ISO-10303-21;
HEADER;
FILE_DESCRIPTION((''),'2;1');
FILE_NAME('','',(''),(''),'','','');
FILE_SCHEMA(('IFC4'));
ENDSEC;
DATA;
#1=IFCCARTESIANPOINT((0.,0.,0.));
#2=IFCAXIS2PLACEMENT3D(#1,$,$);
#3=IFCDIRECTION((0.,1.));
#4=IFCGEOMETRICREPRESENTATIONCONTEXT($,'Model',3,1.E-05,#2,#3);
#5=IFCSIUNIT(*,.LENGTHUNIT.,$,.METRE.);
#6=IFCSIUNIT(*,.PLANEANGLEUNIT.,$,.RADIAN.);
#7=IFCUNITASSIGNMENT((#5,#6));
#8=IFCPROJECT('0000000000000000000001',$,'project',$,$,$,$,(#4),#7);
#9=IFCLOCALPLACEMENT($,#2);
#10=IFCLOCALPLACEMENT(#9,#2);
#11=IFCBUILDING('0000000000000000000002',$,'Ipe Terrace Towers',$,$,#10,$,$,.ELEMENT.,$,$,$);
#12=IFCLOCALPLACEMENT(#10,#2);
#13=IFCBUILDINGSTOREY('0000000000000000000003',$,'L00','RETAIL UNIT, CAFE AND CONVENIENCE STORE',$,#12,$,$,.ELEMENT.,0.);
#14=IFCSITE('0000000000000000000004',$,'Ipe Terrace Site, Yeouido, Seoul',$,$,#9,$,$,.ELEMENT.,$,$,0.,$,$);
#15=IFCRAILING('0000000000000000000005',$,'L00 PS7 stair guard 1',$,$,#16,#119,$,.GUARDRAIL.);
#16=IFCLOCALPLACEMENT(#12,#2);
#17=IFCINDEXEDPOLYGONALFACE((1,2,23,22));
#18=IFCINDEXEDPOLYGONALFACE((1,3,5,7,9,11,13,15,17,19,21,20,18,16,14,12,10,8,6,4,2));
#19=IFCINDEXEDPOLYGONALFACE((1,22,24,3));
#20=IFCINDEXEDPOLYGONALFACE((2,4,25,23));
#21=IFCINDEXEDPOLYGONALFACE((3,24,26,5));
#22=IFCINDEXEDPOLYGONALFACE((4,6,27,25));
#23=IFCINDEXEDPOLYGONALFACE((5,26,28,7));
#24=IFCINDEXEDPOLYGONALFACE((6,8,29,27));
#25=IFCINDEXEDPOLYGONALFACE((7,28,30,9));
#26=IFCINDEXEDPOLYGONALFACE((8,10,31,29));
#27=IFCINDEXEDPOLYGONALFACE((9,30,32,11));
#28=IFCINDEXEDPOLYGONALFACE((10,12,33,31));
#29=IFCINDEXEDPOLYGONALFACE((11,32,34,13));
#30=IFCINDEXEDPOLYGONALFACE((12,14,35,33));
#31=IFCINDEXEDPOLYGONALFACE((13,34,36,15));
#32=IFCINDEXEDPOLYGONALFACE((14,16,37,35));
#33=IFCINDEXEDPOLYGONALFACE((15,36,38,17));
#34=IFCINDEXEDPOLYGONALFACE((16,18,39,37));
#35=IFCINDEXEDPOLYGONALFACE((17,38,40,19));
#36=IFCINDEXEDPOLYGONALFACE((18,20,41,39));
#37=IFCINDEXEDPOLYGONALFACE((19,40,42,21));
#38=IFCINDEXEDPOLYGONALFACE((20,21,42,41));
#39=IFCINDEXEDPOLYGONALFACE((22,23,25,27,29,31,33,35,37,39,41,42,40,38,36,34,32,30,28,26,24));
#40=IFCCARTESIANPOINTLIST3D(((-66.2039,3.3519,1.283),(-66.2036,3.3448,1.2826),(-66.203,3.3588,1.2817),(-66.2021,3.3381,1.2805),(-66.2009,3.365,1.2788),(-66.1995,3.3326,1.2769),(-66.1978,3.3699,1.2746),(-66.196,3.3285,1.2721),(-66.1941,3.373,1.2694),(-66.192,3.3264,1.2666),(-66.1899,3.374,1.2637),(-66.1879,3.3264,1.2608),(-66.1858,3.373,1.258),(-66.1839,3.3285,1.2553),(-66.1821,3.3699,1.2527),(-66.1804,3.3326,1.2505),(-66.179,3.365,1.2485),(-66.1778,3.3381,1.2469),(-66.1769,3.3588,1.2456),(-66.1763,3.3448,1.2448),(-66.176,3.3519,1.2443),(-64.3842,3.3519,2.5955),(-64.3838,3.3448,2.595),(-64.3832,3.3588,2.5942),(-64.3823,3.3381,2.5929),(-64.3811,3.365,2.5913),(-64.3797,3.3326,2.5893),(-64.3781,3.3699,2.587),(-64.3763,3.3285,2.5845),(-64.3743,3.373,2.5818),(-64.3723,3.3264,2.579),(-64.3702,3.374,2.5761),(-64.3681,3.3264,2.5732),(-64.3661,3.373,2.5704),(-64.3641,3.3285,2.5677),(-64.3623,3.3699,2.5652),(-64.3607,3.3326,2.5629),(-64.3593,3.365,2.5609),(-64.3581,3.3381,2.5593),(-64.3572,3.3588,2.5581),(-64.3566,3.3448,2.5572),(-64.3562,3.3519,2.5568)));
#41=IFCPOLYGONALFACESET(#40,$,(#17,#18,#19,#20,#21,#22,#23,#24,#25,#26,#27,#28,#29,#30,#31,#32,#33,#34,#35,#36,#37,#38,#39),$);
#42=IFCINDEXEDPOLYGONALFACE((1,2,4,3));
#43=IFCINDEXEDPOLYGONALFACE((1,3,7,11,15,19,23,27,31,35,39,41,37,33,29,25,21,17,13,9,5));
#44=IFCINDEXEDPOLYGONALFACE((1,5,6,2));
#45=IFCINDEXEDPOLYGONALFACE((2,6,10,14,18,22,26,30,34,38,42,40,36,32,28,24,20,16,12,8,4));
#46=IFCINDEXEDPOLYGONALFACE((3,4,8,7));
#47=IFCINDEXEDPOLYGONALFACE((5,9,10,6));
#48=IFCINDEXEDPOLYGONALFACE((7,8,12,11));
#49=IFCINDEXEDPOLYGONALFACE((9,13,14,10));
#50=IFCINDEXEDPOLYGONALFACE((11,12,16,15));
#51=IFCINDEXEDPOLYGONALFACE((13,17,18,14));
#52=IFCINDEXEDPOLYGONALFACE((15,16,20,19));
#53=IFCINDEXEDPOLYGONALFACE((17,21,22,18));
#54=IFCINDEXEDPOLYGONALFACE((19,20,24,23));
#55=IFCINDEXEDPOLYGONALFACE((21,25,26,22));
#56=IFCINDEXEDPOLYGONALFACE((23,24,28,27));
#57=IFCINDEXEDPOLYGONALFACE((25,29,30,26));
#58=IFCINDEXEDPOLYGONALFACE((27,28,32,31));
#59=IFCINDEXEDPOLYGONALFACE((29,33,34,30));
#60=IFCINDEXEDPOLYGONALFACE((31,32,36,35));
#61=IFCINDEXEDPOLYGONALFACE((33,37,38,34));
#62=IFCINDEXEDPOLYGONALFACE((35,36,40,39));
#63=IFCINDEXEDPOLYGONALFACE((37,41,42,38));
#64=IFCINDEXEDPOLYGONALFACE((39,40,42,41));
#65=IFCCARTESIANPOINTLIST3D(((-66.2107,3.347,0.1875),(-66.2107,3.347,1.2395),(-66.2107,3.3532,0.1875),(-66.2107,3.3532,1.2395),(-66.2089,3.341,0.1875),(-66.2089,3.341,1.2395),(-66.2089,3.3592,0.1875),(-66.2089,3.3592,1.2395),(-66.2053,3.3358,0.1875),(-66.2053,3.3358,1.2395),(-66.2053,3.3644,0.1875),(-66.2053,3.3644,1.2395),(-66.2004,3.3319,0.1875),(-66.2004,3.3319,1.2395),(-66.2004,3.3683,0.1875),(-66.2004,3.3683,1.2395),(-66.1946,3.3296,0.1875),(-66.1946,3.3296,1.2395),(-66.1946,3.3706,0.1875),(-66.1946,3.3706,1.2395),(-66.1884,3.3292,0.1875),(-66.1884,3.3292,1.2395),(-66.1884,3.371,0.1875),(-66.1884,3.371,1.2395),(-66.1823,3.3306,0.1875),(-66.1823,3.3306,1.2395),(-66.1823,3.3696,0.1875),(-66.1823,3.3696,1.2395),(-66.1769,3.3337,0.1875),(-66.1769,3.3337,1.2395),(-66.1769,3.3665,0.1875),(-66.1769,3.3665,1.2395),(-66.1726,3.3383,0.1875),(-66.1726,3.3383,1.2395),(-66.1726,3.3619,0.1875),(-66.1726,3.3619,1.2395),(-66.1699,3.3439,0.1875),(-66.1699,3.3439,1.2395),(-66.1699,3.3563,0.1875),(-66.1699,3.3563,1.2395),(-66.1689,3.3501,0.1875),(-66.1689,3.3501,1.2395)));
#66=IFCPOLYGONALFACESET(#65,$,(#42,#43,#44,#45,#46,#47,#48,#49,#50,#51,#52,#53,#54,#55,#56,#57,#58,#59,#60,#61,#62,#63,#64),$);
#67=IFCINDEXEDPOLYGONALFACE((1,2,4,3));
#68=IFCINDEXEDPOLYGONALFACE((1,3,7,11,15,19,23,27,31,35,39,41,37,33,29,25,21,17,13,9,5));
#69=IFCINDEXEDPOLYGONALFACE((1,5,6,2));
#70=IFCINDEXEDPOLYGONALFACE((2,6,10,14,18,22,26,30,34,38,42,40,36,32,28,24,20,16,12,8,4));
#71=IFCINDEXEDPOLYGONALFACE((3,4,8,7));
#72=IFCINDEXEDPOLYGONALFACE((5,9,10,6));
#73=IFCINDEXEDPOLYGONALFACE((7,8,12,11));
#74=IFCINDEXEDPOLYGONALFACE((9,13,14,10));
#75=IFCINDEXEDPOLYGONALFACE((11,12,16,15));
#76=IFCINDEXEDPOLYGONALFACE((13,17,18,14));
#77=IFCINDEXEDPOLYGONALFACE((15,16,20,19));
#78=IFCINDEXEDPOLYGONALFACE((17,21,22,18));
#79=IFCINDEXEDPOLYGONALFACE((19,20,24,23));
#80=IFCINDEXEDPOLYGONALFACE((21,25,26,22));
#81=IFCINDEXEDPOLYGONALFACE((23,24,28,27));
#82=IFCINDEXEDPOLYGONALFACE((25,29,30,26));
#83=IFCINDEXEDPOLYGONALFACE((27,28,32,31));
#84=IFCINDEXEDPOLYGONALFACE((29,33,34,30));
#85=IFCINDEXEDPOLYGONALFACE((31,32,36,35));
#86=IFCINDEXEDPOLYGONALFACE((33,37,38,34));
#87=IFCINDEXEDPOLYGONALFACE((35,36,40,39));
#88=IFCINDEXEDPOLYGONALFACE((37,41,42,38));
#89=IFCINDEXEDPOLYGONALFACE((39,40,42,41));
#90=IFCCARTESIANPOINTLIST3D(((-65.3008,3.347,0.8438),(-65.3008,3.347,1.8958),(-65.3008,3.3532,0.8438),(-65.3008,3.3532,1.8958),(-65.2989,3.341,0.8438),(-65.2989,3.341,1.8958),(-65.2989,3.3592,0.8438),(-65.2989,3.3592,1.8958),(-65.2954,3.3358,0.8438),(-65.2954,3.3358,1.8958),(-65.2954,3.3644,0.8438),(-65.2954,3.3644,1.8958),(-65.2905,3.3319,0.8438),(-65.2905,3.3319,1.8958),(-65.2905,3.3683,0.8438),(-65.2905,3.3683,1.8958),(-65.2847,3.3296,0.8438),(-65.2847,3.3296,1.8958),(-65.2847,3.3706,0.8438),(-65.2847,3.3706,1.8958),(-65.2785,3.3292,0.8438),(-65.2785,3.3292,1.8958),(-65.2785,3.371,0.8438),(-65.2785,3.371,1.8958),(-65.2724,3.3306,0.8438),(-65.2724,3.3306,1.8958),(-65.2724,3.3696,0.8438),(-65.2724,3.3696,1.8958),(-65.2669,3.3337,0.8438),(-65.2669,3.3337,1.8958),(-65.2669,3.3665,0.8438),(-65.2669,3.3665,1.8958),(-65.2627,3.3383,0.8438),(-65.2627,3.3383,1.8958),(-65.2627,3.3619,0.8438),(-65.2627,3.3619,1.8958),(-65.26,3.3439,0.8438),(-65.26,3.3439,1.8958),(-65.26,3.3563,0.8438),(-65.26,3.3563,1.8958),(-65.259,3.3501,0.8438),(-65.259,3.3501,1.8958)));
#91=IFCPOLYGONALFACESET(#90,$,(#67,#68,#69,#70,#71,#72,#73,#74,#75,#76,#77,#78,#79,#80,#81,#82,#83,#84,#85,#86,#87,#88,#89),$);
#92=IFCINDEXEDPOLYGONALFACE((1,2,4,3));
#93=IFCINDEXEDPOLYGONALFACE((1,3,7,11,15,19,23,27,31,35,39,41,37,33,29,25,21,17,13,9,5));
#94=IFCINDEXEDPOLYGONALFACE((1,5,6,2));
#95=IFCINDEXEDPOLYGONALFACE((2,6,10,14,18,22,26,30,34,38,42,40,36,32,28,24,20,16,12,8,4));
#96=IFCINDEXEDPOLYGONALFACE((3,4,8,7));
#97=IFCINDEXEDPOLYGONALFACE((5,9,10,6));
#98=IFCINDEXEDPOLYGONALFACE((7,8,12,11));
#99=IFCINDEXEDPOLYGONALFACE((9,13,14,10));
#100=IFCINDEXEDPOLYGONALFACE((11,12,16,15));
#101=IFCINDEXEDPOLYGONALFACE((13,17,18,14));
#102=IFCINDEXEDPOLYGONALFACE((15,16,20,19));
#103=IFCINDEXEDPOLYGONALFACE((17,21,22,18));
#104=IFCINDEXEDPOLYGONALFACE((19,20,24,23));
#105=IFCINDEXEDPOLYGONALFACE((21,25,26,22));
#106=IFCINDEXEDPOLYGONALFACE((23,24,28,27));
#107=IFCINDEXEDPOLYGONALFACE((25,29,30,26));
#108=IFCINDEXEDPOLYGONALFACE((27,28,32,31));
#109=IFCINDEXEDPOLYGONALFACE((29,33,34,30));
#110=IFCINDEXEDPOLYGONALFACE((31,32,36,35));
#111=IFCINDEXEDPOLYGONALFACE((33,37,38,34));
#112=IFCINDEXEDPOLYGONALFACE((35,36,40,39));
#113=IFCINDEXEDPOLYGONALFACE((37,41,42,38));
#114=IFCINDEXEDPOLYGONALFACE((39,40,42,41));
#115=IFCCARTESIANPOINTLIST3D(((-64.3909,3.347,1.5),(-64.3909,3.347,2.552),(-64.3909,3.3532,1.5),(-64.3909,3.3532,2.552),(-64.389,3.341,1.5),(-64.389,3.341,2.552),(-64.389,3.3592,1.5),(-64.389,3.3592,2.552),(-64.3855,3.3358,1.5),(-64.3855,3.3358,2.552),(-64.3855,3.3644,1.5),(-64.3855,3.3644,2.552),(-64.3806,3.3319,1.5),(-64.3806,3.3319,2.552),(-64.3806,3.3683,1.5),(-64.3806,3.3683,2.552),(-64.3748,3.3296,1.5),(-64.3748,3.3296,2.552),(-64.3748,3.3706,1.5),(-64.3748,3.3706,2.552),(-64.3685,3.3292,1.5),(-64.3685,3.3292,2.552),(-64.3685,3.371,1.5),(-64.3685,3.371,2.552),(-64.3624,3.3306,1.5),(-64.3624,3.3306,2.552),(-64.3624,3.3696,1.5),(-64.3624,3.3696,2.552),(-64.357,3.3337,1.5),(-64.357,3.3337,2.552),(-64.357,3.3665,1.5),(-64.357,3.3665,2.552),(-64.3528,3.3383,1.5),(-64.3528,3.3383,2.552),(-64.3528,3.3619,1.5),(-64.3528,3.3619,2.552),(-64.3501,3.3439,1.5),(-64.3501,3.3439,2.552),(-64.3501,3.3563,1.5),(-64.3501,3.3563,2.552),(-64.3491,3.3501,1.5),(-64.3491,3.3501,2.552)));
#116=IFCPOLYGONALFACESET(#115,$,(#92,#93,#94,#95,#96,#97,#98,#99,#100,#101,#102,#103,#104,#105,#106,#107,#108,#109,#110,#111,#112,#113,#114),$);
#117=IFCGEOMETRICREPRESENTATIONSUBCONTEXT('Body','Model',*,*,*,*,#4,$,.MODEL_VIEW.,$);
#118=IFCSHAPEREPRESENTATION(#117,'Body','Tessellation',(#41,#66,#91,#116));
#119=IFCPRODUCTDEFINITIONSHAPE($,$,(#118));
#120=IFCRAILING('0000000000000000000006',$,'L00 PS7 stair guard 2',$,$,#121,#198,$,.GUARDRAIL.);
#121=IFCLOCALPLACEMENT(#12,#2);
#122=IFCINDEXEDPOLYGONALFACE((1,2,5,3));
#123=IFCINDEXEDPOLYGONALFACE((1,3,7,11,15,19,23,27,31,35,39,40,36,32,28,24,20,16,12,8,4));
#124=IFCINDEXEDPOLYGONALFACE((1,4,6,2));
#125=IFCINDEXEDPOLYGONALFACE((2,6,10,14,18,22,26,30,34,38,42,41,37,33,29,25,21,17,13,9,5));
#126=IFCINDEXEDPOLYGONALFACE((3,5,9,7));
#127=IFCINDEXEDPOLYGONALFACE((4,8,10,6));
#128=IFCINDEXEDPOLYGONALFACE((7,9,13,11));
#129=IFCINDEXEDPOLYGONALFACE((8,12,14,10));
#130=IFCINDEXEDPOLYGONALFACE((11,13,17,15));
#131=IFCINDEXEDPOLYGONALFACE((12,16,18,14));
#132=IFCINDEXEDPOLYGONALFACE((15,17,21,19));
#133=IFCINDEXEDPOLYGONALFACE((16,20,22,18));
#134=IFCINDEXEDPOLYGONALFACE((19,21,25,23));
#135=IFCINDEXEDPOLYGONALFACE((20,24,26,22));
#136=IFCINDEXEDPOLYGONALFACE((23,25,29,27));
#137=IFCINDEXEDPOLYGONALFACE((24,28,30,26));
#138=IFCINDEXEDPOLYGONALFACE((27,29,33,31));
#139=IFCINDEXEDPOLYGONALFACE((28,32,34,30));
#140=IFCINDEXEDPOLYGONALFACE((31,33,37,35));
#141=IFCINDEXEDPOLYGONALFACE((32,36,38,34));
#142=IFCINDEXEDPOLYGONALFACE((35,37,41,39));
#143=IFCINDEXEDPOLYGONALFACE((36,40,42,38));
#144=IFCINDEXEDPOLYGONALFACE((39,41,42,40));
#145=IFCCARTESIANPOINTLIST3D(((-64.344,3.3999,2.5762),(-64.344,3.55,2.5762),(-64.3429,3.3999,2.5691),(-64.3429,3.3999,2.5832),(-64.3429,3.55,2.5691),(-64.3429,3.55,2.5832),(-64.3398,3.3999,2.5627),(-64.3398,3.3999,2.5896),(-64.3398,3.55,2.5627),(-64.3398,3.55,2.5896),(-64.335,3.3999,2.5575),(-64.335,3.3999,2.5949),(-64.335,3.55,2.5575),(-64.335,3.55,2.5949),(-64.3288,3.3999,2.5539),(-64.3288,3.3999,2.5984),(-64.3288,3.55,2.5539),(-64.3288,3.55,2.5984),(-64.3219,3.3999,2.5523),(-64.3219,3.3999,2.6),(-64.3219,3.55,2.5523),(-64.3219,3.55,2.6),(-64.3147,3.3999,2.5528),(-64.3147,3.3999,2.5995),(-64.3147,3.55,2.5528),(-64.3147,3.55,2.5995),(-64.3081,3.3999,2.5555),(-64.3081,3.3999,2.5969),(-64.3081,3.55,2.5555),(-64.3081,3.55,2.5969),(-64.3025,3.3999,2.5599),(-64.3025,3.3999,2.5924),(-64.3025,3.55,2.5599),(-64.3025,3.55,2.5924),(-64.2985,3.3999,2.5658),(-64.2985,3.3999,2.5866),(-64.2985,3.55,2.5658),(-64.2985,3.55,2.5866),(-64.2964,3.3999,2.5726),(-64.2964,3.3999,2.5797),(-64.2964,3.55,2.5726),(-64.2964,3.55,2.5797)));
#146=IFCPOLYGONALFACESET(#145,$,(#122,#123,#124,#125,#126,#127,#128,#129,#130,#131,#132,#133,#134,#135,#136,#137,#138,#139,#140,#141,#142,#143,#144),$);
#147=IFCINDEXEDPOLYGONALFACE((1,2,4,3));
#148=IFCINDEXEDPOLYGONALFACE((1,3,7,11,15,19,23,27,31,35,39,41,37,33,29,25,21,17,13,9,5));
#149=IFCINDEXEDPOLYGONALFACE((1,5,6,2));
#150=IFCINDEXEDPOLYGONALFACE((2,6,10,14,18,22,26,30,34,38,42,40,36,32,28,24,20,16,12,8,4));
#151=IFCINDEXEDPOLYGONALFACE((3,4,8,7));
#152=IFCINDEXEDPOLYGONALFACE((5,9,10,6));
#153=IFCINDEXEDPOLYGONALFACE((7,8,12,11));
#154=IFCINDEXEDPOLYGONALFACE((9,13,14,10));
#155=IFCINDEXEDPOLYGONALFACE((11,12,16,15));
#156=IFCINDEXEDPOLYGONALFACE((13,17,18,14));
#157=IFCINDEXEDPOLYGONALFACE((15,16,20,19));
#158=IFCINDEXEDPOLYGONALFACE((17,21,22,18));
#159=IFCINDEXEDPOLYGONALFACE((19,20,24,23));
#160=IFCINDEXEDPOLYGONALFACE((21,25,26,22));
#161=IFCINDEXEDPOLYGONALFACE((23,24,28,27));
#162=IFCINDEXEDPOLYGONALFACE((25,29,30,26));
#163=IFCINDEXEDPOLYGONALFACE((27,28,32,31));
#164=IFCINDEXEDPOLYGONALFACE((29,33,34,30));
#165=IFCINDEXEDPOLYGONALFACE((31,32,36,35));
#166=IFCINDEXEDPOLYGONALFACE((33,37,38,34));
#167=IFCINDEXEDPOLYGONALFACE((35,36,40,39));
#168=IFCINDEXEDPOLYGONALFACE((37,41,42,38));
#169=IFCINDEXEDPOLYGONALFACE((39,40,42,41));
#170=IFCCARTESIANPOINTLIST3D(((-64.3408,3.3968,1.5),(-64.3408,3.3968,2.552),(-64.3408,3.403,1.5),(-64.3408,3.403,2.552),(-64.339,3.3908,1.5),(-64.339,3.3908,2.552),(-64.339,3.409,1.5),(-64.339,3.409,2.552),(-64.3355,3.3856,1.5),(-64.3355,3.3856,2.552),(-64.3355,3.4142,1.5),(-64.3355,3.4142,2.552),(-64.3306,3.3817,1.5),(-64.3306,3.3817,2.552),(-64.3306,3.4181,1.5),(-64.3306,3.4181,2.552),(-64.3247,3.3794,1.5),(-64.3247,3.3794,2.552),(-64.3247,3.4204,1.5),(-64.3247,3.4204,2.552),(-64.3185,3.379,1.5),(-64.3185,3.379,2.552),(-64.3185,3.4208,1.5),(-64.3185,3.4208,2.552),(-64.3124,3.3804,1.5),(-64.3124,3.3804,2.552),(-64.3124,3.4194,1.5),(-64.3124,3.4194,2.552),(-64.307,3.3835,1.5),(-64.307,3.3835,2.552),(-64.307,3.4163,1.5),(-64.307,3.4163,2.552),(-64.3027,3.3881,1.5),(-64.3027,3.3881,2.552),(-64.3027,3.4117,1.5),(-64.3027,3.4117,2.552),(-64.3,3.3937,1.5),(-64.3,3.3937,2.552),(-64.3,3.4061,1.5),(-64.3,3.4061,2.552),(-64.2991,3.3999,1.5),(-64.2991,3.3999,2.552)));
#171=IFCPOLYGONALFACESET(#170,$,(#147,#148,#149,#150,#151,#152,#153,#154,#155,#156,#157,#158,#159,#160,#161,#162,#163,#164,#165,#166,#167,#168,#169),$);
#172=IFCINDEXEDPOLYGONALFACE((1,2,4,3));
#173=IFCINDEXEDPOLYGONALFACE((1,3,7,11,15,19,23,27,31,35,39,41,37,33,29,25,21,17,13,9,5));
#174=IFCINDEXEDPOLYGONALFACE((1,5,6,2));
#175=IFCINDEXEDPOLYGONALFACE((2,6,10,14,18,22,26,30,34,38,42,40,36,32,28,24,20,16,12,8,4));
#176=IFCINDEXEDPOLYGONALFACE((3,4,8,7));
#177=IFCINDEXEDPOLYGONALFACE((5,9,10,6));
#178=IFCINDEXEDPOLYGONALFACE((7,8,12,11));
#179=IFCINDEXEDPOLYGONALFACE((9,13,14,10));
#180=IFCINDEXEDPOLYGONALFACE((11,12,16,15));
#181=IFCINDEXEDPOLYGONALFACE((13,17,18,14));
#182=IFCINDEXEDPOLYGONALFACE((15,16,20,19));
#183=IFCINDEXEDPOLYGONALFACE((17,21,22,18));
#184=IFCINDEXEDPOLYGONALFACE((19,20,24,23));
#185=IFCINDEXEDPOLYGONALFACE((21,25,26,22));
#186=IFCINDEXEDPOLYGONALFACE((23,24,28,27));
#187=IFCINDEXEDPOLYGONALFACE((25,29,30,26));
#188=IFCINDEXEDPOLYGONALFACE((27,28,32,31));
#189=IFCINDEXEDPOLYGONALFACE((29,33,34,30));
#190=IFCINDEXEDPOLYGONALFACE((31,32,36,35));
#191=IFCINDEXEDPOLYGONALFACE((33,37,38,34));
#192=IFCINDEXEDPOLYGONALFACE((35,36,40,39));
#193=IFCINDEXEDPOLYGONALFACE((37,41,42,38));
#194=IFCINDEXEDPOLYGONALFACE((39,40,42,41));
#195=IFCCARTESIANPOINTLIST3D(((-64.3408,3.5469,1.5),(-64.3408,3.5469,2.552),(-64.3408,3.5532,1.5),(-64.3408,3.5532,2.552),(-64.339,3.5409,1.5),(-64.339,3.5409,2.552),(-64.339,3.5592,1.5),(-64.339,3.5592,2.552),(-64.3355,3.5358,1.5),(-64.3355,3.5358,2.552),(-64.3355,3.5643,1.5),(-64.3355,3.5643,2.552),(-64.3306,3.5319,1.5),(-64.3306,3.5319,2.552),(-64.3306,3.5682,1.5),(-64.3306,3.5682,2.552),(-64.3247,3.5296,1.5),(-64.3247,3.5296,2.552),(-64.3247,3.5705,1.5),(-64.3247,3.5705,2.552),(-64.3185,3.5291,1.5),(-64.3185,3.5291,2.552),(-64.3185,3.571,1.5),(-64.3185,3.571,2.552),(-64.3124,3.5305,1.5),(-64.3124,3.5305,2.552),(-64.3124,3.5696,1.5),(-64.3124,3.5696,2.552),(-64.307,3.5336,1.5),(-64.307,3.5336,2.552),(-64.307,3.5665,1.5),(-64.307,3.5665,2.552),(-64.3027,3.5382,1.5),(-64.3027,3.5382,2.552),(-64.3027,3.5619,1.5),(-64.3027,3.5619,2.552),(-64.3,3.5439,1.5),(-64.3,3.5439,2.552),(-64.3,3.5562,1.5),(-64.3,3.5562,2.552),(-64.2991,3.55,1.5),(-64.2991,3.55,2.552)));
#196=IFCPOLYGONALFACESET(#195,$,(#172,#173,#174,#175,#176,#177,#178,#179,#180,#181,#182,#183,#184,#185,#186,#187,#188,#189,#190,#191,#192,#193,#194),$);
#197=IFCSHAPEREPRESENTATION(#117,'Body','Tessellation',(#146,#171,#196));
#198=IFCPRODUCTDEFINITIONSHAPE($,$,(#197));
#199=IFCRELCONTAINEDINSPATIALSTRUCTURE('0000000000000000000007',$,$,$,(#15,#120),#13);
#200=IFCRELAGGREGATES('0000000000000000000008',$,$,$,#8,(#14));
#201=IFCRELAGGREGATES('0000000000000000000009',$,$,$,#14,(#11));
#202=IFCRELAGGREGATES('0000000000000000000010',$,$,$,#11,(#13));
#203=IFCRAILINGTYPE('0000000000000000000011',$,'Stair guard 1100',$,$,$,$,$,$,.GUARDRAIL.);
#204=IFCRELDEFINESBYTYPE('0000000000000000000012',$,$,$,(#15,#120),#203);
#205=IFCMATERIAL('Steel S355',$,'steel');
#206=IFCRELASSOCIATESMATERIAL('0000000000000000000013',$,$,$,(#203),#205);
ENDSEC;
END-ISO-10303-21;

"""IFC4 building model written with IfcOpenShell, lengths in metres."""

from ifc_helpers import new_model, si_unit, direction, frame, origin, origin_2d, place, context, subcontext, project, spatial, circle, extrude, material, type_object, element, save


model = new_model("IFC4")

# Units and contexts
model_context = context("Model", 3, precision=1e-05, world=origin(), true_north=direction((0.0, 1.0)))
body_context = subcontext(model_context, "Body", "Model", "MODEL_VIEW")
ifc_project = project(units=[si_unit("LENGTHUNIT", "METRE"), si_unit("PLANEANGLEUNIT", "RADIAN")], contexts=[model_context])

# Site, building, storey
site_placement = place(None, origin())
site = spatial("IfcSite", under=ifc_project, at=site_placement, Name="Ipe Terrace Site, Yeouido, Seoul", CompositionType="ELEMENT", RefElevation=0.0)
building_placement = place(site_placement, origin())
building = spatial("IfcBuilding", under=site, at=building_placement, Name="Ipe Terrace Towers", CompositionType="ELEMENT")
storey_placement = place(building_placement, origin())
storey = spatial("IfcBuildingStorey", under=building, at=storey_placement, Name="L00", Description="RETAIL UNIT, CAFE AND CONVENIENCE STORE", CompositionType="ELEMENT", Elevation=0.0)

# Railings
ifc_material_1 = material(Name="Steel S355", Category="steel")
railing_type_1 = type_object("IfcRailingType", Name="Stair guard 1100", PredefinedType="GUARDRAIL", material=ifc_material_1)
railing_1_placement = place(storey_placement, frame((-66.1899, 3.3501, 0.1875)))
element("IfcRailing", 1, at=railing_1_placement, inside=storey, type_object=railing_type_1, Name="L00 PS7 stair guard 1", PredefinedType="GUARDRAIL", context=body_context, shape_type="SweptSolid", body=[
    extrude(circle(Radius=0.0239, at=origin_2d()), frame((0.0, 0.0, 1.0762), z_axis=(0.811064, 0.0, 0.584958), x_axis=(0.0, 1.0, 0.0)), (0.0, 0.0, 1.0), 2.2437),
    extrude(circle(Radius=0.021, at=origin_2d()), origin(), (0.0, 0.0, 1.0), 1.052),
    extrude(circle(Radius=0.021, at=origin_2d()), frame((0.9099, 0.0, 0.6562)), (0.0, 0.0, 1.0), 1.052),
    extrude(circle(Radius=0.021, at=origin_2d()), frame((1.8198, 0.0, 1.3125)), (0.0, 0.0, 1.0), 1.052),
])
railing_2_placement = place(storey_placement, frame((-64.3201, 3.3999, 1.5)))
element("IfcRailing", 2, at=railing_2_placement, inside=storey, type_object=railing_type_1, Name="L00 PS7 stair guard 2", PredefinedType="GUARDRAIL", context=body_context, shape_type="SweptSolid", body=[
    extrude(circle(Radius=0.0239, at=origin_2d()), frame((0.0, 0.0, 1.0762), z_axis=(0.0, 1.0, 0.0), x_axis=(-1.0, 0.0, 0.0)), (0.0, 0.0, 1.0), 0.1501),
    extrude(circle(Radius=0.021, at=origin_2d()), origin(), (0.0, 0.0, 1.0), 1.052),
    extrude(circle(Radius=0.021, at=origin_2d()), frame((0.0, 0.1501, 0.0)), (0.0, 0.0, 1.0), 1.052),
])

save(model, "model.ifc")
